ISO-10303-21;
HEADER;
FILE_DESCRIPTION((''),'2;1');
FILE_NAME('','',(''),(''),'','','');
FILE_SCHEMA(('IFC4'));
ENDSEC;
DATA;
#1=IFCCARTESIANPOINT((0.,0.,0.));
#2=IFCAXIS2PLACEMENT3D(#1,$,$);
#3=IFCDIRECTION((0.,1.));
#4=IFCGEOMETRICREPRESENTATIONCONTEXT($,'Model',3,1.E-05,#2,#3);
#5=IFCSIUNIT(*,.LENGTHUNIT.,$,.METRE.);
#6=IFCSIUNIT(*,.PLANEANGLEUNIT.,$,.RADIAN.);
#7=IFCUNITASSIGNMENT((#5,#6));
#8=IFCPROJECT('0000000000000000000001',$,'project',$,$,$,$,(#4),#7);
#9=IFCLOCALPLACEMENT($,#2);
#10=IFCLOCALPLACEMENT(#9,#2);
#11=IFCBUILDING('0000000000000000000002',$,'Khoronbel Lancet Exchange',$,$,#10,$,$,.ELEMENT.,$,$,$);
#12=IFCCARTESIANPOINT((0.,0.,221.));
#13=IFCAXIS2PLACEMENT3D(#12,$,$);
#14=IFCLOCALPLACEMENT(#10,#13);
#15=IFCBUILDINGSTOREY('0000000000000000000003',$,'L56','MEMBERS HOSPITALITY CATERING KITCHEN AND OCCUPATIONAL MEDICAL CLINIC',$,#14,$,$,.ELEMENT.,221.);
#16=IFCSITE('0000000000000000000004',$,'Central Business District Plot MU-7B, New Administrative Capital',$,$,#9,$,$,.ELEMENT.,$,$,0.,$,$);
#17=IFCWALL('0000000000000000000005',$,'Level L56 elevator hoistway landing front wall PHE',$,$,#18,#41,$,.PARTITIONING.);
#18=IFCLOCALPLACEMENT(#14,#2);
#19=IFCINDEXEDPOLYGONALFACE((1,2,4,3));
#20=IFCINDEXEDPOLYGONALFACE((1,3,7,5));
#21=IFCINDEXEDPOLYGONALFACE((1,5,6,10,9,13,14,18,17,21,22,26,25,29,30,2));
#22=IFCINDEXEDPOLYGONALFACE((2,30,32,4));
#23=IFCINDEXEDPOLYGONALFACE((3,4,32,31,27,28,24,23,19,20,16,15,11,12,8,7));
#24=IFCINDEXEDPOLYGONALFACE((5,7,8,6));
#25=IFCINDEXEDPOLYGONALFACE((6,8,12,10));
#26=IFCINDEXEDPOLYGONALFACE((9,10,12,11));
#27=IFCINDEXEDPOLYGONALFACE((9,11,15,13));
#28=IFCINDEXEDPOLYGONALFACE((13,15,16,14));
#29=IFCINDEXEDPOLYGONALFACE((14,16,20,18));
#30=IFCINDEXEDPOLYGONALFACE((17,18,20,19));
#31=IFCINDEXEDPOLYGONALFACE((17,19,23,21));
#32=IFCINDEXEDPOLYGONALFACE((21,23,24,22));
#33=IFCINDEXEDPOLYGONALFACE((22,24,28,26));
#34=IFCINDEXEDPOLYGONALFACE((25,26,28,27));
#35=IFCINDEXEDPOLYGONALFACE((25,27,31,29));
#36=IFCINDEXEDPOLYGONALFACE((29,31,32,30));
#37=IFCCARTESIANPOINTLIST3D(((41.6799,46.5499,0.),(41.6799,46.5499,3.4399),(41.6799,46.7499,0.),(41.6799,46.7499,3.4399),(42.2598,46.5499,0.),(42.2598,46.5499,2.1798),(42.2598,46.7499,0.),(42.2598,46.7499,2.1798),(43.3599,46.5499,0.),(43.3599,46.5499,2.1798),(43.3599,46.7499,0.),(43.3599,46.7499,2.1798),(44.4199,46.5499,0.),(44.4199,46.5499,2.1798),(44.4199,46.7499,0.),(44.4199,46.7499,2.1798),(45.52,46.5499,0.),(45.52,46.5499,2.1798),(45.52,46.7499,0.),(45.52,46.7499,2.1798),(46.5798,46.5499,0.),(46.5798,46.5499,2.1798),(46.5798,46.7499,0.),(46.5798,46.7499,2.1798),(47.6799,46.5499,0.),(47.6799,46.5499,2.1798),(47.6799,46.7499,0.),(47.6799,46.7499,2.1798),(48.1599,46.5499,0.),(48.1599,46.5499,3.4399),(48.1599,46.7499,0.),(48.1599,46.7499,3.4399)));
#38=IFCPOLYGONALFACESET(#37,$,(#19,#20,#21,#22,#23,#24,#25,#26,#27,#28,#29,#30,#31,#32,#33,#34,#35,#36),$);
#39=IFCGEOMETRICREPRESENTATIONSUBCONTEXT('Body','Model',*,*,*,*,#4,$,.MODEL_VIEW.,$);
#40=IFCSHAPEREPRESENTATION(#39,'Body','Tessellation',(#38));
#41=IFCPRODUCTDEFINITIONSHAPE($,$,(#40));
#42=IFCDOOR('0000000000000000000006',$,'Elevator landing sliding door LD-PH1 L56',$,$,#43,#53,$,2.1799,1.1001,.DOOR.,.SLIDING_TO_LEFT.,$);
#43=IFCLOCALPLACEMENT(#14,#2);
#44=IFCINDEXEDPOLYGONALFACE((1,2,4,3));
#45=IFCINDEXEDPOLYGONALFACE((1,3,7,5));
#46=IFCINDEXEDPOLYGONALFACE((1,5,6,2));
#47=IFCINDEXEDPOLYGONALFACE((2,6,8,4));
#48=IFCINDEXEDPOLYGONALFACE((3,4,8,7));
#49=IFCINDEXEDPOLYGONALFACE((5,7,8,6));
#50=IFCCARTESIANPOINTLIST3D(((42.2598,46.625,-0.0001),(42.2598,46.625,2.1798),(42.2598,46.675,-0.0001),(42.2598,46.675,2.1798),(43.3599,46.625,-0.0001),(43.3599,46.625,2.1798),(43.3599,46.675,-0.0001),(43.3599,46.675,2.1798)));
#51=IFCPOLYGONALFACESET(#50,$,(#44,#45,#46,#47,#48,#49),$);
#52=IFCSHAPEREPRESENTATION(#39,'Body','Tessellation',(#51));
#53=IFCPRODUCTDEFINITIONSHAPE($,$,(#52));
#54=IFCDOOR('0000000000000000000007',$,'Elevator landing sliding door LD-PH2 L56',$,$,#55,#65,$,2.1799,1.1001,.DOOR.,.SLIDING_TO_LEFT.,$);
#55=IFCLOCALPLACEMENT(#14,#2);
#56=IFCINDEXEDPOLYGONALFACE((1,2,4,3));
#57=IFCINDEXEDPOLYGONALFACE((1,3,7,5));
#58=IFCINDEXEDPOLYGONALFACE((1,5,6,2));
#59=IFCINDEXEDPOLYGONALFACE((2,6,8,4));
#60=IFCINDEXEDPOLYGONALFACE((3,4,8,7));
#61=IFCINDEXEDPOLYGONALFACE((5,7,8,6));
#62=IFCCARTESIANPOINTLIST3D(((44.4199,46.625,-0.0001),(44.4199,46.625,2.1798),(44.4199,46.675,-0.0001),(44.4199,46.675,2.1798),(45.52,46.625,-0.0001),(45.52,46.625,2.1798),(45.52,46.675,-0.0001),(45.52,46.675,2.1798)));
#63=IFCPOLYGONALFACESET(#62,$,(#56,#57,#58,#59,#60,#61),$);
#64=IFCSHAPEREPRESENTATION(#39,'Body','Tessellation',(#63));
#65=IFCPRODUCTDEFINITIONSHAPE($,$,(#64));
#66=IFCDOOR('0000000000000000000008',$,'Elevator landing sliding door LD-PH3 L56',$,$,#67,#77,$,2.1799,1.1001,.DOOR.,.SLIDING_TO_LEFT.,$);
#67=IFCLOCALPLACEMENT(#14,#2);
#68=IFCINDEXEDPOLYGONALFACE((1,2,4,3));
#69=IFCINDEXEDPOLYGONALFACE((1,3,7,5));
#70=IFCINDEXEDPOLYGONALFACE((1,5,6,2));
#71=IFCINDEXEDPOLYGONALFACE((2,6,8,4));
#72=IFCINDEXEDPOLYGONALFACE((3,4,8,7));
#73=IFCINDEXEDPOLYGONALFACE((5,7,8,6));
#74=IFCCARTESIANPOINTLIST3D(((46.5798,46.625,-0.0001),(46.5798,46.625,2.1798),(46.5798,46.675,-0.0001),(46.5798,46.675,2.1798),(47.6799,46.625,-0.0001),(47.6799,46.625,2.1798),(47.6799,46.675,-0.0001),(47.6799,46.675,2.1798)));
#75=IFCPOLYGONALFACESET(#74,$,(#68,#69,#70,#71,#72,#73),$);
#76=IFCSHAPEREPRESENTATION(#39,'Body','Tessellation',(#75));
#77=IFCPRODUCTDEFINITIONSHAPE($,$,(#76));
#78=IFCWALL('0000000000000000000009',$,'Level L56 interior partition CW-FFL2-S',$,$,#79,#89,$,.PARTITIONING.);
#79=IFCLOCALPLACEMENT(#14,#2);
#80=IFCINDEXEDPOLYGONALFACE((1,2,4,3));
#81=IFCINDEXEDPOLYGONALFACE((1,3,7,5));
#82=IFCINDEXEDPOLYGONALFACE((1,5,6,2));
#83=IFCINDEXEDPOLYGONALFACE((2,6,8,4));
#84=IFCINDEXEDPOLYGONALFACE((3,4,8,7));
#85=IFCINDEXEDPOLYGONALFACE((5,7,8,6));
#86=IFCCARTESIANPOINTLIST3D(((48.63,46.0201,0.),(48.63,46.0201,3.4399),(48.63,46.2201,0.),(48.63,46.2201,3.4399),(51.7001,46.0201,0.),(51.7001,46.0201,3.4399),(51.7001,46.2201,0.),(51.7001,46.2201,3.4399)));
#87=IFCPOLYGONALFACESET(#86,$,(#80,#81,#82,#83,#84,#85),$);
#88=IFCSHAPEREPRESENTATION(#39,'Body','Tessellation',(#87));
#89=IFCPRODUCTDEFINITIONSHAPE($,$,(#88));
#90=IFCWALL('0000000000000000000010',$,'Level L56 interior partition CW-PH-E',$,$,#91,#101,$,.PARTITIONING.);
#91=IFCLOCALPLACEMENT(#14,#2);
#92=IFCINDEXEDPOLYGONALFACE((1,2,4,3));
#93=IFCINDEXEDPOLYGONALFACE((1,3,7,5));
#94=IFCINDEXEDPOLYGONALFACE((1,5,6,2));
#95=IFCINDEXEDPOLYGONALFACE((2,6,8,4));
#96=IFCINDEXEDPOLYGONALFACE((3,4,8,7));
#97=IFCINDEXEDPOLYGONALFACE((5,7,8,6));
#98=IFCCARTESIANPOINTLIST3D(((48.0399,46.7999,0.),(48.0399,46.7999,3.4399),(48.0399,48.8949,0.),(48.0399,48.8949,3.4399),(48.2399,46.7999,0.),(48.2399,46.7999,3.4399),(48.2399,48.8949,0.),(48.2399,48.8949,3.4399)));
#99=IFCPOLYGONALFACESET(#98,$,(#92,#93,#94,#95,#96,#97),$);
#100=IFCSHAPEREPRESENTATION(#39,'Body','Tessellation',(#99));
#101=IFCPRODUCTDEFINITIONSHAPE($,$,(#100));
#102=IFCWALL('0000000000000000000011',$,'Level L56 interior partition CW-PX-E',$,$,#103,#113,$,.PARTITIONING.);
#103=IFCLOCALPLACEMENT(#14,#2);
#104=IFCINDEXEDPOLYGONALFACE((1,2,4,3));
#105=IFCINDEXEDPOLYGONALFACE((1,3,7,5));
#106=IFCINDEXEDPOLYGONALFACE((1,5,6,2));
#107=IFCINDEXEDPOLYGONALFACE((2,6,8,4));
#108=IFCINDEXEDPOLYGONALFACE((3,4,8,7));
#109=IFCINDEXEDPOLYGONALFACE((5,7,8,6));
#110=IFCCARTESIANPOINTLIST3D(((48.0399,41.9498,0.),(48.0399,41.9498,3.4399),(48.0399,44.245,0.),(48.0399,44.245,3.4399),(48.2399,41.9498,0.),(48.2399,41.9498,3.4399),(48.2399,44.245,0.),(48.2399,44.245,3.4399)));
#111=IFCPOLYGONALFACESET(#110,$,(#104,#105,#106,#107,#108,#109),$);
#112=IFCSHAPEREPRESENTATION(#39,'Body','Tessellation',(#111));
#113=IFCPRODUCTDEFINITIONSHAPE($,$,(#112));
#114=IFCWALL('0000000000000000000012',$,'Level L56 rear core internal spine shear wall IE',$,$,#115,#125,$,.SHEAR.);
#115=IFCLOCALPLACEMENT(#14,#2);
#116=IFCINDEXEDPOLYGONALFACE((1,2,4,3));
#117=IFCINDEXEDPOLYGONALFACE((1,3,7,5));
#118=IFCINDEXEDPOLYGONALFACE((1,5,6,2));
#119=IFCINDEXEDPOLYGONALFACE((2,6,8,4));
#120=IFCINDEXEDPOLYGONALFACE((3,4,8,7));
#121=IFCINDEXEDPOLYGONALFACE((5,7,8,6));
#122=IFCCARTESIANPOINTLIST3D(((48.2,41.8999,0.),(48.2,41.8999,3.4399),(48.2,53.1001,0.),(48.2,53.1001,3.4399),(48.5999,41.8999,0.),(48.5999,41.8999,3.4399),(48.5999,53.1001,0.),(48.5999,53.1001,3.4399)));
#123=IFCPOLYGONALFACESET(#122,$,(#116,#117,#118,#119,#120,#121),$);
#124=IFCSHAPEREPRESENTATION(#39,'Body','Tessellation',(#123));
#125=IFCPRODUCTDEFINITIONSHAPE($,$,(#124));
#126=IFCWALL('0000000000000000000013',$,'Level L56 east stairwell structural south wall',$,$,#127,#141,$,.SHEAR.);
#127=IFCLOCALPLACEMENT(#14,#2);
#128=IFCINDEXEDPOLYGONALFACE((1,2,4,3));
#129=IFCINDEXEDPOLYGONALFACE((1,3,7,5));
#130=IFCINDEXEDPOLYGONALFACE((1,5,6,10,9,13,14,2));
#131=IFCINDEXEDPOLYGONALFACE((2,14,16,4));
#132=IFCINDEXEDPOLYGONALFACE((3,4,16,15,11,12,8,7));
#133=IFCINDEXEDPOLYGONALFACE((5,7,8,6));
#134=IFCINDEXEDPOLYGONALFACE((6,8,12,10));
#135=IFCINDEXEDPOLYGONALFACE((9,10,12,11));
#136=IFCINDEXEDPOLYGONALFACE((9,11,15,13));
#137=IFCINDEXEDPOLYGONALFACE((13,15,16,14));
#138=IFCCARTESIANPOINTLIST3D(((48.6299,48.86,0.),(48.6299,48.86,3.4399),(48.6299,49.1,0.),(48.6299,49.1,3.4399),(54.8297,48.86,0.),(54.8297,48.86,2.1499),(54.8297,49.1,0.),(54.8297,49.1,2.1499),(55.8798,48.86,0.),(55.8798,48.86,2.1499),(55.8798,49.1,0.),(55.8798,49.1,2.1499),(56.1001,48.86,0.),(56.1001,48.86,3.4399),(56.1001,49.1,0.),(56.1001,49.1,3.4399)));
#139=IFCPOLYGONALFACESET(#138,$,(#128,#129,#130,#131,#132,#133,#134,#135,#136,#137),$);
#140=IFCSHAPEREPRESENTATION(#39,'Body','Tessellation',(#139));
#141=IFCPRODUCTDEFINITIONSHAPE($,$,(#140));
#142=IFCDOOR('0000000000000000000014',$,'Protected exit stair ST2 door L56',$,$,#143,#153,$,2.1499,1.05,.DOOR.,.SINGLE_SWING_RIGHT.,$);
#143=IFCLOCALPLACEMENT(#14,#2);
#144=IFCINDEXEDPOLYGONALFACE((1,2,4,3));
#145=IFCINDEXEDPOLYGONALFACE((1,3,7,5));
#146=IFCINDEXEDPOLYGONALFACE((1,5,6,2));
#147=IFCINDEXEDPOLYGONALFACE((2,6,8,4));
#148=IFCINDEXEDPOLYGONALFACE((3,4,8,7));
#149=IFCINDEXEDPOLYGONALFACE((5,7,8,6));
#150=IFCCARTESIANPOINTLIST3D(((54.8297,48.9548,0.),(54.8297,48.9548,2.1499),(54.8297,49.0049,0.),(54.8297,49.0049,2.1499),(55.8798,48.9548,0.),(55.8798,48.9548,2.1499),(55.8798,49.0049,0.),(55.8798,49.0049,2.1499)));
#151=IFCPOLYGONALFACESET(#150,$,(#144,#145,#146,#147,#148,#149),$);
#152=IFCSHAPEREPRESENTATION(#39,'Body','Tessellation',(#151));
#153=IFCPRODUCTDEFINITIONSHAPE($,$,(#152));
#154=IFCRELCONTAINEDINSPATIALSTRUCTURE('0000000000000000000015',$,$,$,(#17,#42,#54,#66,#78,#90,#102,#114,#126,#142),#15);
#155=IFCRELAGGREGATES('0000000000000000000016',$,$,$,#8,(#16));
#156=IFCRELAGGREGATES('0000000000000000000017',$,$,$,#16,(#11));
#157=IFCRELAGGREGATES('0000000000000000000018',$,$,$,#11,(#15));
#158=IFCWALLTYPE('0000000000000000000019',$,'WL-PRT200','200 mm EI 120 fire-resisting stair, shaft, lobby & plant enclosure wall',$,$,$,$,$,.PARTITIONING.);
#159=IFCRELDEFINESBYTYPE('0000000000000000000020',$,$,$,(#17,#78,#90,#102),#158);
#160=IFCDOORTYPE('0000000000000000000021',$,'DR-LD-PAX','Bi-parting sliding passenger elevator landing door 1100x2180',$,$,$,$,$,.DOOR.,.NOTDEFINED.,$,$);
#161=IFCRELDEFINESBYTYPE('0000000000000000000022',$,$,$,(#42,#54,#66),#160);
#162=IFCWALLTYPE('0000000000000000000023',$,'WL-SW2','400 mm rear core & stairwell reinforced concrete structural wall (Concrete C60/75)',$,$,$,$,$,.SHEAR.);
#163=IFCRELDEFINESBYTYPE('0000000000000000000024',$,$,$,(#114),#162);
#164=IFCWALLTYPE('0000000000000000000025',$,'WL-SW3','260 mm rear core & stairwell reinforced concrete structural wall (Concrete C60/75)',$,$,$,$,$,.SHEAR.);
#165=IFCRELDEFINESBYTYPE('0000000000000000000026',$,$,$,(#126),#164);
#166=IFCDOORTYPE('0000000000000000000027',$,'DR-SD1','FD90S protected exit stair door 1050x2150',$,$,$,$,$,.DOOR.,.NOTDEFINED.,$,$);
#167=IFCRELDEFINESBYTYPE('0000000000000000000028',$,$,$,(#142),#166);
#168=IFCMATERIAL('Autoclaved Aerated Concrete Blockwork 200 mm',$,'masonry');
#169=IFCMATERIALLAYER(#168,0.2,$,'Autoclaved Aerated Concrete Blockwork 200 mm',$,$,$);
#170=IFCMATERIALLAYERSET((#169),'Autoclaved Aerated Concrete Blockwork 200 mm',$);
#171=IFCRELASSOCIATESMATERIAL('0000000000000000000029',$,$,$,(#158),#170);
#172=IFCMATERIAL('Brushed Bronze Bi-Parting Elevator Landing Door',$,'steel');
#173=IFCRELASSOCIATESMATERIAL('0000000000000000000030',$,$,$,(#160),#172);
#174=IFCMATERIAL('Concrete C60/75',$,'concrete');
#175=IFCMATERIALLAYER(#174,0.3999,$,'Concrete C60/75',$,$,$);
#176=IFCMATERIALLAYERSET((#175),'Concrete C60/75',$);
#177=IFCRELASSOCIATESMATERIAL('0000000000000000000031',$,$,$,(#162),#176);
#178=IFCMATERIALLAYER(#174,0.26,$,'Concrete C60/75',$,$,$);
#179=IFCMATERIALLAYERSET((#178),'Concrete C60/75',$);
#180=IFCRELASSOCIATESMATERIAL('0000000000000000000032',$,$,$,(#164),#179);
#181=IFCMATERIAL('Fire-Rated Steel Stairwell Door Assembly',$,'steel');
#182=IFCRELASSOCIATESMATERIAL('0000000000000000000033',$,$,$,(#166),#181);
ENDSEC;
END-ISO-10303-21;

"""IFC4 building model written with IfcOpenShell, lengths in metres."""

from ifc_helpers import new_model, si_unit, direction, frame, frame_2d, origin, place, context, subcontext, project, spatial, rectangle, extrude, material, layer, layer_set, type_object, element, fill, save


model = new_model("IFC4")

# Units and contexts
model_context = context("Model", 3, precision=1e-05, world=origin(), true_north=direction((0.0, 1.0)))
body_context = subcontext(model_context, "Body", "Model", "MODEL_VIEW")
ifc_project = project(units=[si_unit("LENGTHUNIT", "METRE"), si_unit("PLANEANGLEUNIT", "RADIAN")], contexts=[model_context])

# Site, building, storey
site_placement = place(None, origin())
site = spatial("IfcSite", under=ifc_project, at=site_placement, Name="Central Business District Plot MU-7B, New Administrative Capital", CompositionType="ELEMENT", RefElevation=0.0)
building_placement = place(site_placement, origin())
building = spatial("IfcBuilding", under=site, at=building_placement, Name="Khoronbel Lancet Exchange", CompositionType="ELEMENT")
storey_placement = place(building_placement, frame((0.0, 0.0, 221.0)))
storey = spatial("IfcBuildingStorey", under=building, at=storey_placement, Name="L56", Description="MEMBERS HOSPITALITY CATERING KITCHEN AND OCCUPATIONAL MEDICAL CLINIC", CompositionType="ELEMENT", Elevation=221.0)

# Shared definitions
ifc_material_1 = material(Name="Autoclaved Aerated Concrete Blockwork 200 mm", Category="masonry")
ifc_layer_1 = layer(ifc_material_1, 0.2, Name="Autoclaved Aerated Concrete Blockwork 200 mm")
ifc_layer_set_1 = layer_set([ifc_layer_1], Name="Autoclaved Aerated Concrete Blockwork 200 mm")
wall_type_1 = type_object("IfcWallType", Name="WL-PRT200", Description="200 mm EI 120 fire-resisting stair, shaft, lobby & plant enclosure wall", PredefinedType="PARTITIONING", material=ifc_layer_set_1)

# Wall, openings, doors
wall_1_placement = place(storey_placement, frame((48.1599, 46.6499, 0.0), z_axis=(0.0, 0.0, 1.0), x_axis=(-1.0, 0.0, 0.0)))
wall_1 = element("IfcWall", 1, at=wall_1_placement, inside=storey, type_object=wall_type_1, Name="Level L56 elevator hoistway landing front wall PHE", PredefinedType="PARTITIONING", context=body_context, shape_type="SweptSolid", body=[
    extrude(rectangle(XDim=6.48, YDim=0.2, at=frame_2d((3.24, 0.0))), origin(), (0.0, 0.0, 1.0), 3.4399),
])
opening_1_placement = place(wall_1_placement, frame((4.8, 0.0, 0.0)))
opening_1 = element("IfcOpeningElement", 2, at=opening_1_placement, cuts=wall_1, PredefinedType="OPENING", context=body_context, shape_type="SweptSolid", body=[
    extrude(rectangle(XDim=1.1001, YDim=2.1799, at=frame_2d((0.55, 1.0898))), frame((0.0, 0.1099, 0.0), z_axis=(0.0, -1.0, 0.0), x_axis=(1.0, 0.0, 0.0)), (0.0, 0.0, 1.0), 0.22),
])
opening_2_placement = place(wall_1_placement, frame((2.6399, 0.0, 0.0)))
opening_2 = element("IfcOpeningElement", 3, at=opening_2_placement, cuts=wall_1, PredefinedType="OPENING", context=body_context, shape_type="SweptSolid", body=[
    extrude(rectangle(XDim=1.1001, YDim=2.1799, at=frame_2d((0.55, 1.0898))), frame((0.0, 0.1099, 0.0), z_axis=(0.0, -1.0, 0.0), x_axis=(1.0, 0.0, 0.0)), (0.0, 0.0, 1.0), 0.22),
])
opening_3_placement = place(wall_1_placement, frame((0.48, 0.0, 0.0)))
opening_3 = element("IfcOpeningElement", 4, at=opening_3_placement, cuts=wall_1, PredefinedType="OPENING", context=body_context, shape_type="SweptSolid", body=[
    extrude(rectangle(XDim=1.1001, YDim=2.1799, at=frame_2d((0.55, 1.0898))), frame((0.0, 0.1099, 0.0), z_axis=(0.0, -1.0, 0.0), x_axis=(1.0, 0.0, 0.0)), (0.0, 0.0, 1.0), 0.22),
])
ifc_material_2 = material(Name="Brushed Bronze Bi-Parting Elevator Landing Door", Category="steel")
door_type_1 = type_object("IfcDoorType", Name="DR-LD-PAX", Description="Bi-parting sliding passenger elevator landing door 1100x2180", OperationType="NOTDEFINED", PredefinedType="DOOR", material=ifc_material_2)
door_1_placement = place(opening_1_placement, origin())
door_1 = element("IfcDoor", 5, at=door_1_placement, inside=storey, type_object=door_type_1, Name="Elevator landing sliding door LD-PH1 L56", OperationType="SLIDING_TO_LEFT", OverallHeight=2.1799, OverallWidth=1.1001, PredefinedType="DOOR", context=body_context, shape_type="SweptSolid", body=[
    extrude(rectangle(XDim=1.1001, YDim=2.1799, at=frame_2d((0.55, 1.0898))), frame((0.0, 0.0249, 0.0), z_axis=(0.0, -1.0, 0.0), x_axis=(1.0, 0.0, 0.0)), (0.0, 0.0, 1.0), 0.05),
])
fill(opening_1, door_1)
door_2_placement = place(opening_2_placement, origin())
door_2 = element("IfcDoor", 6, at=door_2_placement, inside=storey, type_object=door_type_1, Name="Elevator landing sliding door LD-PH2 L56", OperationType="SLIDING_TO_LEFT", OverallHeight=2.1799, OverallWidth=1.1001, PredefinedType="DOOR", context=body_context, shape_type="SweptSolid", body=[
    extrude(rectangle(XDim=1.1001, YDim=2.1799, at=frame_2d((0.55, 1.0898))), frame((0.0, 0.0249, 0.0), z_axis=(0.0, -1.0, 0.0), x_axis=(1.0, 0.0, 0.0)), (0.0, 0.0, 1.0), 0.05),
])
fill(opening_2, door_2)
door_3_placement = place(opening_3_placement, origin())
door_3 = element("IfcDoor", 7, at=door_3_placement, inside=storey, type_object=door_type_1, Name="Elevator landing sliding door LD-PH3 L56", OperationType="SLIDING_TO_LEFT", OverallHeight=2.1799, OverallWidth=1.1001, PredefinedType="DOOR", context=body_context, shape_type="SweptSolid", body=[
    extrude(rectangle(XDim=1.1001, YDim=2.1799, at=frame_2d((0.55, 1.0898))), frame((0.0, 0.0249, 0.0), z_axis=(0.0, -1.0, 0.0), x_axis=(1.0, 0.0, 0.0)), (0.0, 0.0, 1.0), 0.05),
])
fill(opening_3, door_3)

# Walls
wall_2_placement = place(storey_placement, frame((48.6299, 46.1201, 0.0), z_axis=(0.0, 0.0, 1.0), x_axis=(1.0, 0.0, 0.0)))
element("IfcWall", 8, at=wall_2_placement, inside=storey, type_object=wall_type_1, Name="Level L56 interior partition CW-FFL2-S", PredefinedType="PARTITIONING", context=body_context, shape_type="SweptSolid", body=[
    extrude(rectangle(XDim=3.0701, YDim=0.2, at=frame_2d((1.5352, 0.0))), origin(), (0.0, 0.0, 1.0), 3.4399),
])
wall_3_placement = place(storey_placement, frame((48.1399, 46.8, 0.0), z_axis=(0.0, 0.0, 1.0), x_axis=(0.0, 1.0, 0.0)))
element("IfcWall", 9, at=wall_3_placement, inside=storey, type_object=wall_type_1, Name="Level L56 interior partition CW-PH-E", PredefinedType="PARTITIONING", context=body_context, shape_type="SweptSolid", body=[
    extrude(rectangle(XDim=2.095, YDim=0.2, at=frame_2d((1.0474, 0.0))), origin(), (0.0, 0.0, 1.0), 3.4399),
])
wall_4_placement = place(storey_placement, frame((48.1399, 41.95, 0.0), z_axis=(0.0, 0.0, 1.0), x_axis=(0.0, 1.0, 0.0)))
element("IfcWall", 10, at=wall_4_placement, inside=storey, type_object=wall_type_1, Name="Level L56 interior partition CW-PX-E", PredefinedType="PARTITIONING", context=body_context, shape_type="SweptSolid", body=[
    extrude(rectangle(XDim=2.2952, YDim=0.2, at=frame_2d((1.1475, 0.0))), origin(), (0.0, 0.0, 1.0), 3.4399),
])
ifc_material_3 = material(Name="Concrete C60/75", Category="concrete")
ifc_layer_2 = layer(ifc_material_3, 0.3999, Name="Concrete C60/75")
ifc_layer_set_2 = layer_set([ifc_layer_2], Name="Concrete C60/75")
wall_type_2 = type_object("IfcWallType", Name="WL-SW2", Description="400 mm rear core & stairwell reinforced concrete structural wall (Concrete C60/75)", PredefinedType="SHEAR", material=ifc_layer_set_2)
wall_5_placement = place(storey_placement, frame((48.3999, 41.8999, 0.0), z_axis=(0.0, 0.0, 1.0), x_axis=(0.0, 1.0, 0.0)))
element("IfcWall", 11, at=wall_5_placement, inside=storey, type_object=wall_type_2, Name="Level L56 rear core internal spine shear wall IE", PredefinedType="SHEAR", context=body_context, shape_type="SweptSolid", body=[
    extrude(rectangle(XDim=11.2002, YDim=0.3999, at=frame_2d((5.6001, 0.0))), origin(), (0.0, 0.0, 1.0), 3.4399),
])

# Wall, opening, door
ifc_layer_3 = layer(ifc_material_3, 0.26, Name="Concrete C60/75")
ifc_layer_set_3 = layer_set([ifc_layer_3], Name="Concrete C60/75")
wall_type_3 = type_object("IfcWallType", Name="WL-SW3", Description="260 mm rear core & stairwell reinforced concrete structural wall (Concrete C60/75)", PredefinedType="SHEAR", material=ifc_layer_set_3)
wall_6_placement = place(storey_placement, frame((48.6299, 48.98, 0.0), z_axis=(0.0, 0.0, 1.0), x_axis=(1.0, 0.0, 0.0)))
wall_6 = element("IfcWall", 12, at=wall_6_placement, inside=storey, type_object=wall_type_3, Name="Level L56 east stairwell structural south wall", PredefinedType="SHEAR", context=body_context, shape_type="SweptSolid", body=[
    extrude(rectangle(XDim=7.4702, YDim=0.24, at=frame_2d((3.7351, 0.0))), origin(), (0.0, 0.0, 1.0), 3.4399),
])
opening_4_placement = place(wall_6_placement, frame((6.2, 0.0, 0.0)))
opening_4 = element("IfcOpeningElement", 13, at=opening_4_placement, cuts=wall_6, PredefinedType="OPENING", context=body_context, shape_type="SweptSolid", body=[
    extrude(rectangle(XDim=1.05, YDim=2.1499, at=frame_2d((0.5249, 1.075))), frame((0.0, 0.1299, 0.0), z_axis=(0.0, -1.0, 0.0), x_axis=(1.0, 0.0, 0.0)), (0.0, 0.0, 1.0), 0.26),
])
ifc_material_4 = material(Name="Fire-Rated Steel Stairwell Door Assembly", Category="steel")
door_type_2 = type_object("IfcDoorType", Name="DR-SD1", Description="FD90S protected exit stair door 1050x2150", OperationType="NOTDEFINED", PredefinedType="DOOR", material=ifc_material_4)
door_4_placement = place(opening_4_placement, origin())
door_4 = element("IfcDoor", 14, at=door_4_placement, inside=storey, type_object=door_type_2, Name="Protected exit stair ST2 door L56", OperationType="SINGLE_SWING_RIGHT", OverallHeight=2.1499, OverallWidth=1.05, PredefinedType="DOOR", context=body_context, shape_type="SweptSolid", body=[
    extrude(rectangle(XDim=1.05, YDim=2.1499, at=frame_2d((0.5249, 1.075))), frame((0.0, 0.0249, 0.0), z_axis=(0.0, -1.0, 0.0), x_axis=(1.0, 0.0, 0.0)), (0.0, 0.0, 1.0), 0.05),
])
fill(opening_4, door_4)

save(model, "model.ifc")
